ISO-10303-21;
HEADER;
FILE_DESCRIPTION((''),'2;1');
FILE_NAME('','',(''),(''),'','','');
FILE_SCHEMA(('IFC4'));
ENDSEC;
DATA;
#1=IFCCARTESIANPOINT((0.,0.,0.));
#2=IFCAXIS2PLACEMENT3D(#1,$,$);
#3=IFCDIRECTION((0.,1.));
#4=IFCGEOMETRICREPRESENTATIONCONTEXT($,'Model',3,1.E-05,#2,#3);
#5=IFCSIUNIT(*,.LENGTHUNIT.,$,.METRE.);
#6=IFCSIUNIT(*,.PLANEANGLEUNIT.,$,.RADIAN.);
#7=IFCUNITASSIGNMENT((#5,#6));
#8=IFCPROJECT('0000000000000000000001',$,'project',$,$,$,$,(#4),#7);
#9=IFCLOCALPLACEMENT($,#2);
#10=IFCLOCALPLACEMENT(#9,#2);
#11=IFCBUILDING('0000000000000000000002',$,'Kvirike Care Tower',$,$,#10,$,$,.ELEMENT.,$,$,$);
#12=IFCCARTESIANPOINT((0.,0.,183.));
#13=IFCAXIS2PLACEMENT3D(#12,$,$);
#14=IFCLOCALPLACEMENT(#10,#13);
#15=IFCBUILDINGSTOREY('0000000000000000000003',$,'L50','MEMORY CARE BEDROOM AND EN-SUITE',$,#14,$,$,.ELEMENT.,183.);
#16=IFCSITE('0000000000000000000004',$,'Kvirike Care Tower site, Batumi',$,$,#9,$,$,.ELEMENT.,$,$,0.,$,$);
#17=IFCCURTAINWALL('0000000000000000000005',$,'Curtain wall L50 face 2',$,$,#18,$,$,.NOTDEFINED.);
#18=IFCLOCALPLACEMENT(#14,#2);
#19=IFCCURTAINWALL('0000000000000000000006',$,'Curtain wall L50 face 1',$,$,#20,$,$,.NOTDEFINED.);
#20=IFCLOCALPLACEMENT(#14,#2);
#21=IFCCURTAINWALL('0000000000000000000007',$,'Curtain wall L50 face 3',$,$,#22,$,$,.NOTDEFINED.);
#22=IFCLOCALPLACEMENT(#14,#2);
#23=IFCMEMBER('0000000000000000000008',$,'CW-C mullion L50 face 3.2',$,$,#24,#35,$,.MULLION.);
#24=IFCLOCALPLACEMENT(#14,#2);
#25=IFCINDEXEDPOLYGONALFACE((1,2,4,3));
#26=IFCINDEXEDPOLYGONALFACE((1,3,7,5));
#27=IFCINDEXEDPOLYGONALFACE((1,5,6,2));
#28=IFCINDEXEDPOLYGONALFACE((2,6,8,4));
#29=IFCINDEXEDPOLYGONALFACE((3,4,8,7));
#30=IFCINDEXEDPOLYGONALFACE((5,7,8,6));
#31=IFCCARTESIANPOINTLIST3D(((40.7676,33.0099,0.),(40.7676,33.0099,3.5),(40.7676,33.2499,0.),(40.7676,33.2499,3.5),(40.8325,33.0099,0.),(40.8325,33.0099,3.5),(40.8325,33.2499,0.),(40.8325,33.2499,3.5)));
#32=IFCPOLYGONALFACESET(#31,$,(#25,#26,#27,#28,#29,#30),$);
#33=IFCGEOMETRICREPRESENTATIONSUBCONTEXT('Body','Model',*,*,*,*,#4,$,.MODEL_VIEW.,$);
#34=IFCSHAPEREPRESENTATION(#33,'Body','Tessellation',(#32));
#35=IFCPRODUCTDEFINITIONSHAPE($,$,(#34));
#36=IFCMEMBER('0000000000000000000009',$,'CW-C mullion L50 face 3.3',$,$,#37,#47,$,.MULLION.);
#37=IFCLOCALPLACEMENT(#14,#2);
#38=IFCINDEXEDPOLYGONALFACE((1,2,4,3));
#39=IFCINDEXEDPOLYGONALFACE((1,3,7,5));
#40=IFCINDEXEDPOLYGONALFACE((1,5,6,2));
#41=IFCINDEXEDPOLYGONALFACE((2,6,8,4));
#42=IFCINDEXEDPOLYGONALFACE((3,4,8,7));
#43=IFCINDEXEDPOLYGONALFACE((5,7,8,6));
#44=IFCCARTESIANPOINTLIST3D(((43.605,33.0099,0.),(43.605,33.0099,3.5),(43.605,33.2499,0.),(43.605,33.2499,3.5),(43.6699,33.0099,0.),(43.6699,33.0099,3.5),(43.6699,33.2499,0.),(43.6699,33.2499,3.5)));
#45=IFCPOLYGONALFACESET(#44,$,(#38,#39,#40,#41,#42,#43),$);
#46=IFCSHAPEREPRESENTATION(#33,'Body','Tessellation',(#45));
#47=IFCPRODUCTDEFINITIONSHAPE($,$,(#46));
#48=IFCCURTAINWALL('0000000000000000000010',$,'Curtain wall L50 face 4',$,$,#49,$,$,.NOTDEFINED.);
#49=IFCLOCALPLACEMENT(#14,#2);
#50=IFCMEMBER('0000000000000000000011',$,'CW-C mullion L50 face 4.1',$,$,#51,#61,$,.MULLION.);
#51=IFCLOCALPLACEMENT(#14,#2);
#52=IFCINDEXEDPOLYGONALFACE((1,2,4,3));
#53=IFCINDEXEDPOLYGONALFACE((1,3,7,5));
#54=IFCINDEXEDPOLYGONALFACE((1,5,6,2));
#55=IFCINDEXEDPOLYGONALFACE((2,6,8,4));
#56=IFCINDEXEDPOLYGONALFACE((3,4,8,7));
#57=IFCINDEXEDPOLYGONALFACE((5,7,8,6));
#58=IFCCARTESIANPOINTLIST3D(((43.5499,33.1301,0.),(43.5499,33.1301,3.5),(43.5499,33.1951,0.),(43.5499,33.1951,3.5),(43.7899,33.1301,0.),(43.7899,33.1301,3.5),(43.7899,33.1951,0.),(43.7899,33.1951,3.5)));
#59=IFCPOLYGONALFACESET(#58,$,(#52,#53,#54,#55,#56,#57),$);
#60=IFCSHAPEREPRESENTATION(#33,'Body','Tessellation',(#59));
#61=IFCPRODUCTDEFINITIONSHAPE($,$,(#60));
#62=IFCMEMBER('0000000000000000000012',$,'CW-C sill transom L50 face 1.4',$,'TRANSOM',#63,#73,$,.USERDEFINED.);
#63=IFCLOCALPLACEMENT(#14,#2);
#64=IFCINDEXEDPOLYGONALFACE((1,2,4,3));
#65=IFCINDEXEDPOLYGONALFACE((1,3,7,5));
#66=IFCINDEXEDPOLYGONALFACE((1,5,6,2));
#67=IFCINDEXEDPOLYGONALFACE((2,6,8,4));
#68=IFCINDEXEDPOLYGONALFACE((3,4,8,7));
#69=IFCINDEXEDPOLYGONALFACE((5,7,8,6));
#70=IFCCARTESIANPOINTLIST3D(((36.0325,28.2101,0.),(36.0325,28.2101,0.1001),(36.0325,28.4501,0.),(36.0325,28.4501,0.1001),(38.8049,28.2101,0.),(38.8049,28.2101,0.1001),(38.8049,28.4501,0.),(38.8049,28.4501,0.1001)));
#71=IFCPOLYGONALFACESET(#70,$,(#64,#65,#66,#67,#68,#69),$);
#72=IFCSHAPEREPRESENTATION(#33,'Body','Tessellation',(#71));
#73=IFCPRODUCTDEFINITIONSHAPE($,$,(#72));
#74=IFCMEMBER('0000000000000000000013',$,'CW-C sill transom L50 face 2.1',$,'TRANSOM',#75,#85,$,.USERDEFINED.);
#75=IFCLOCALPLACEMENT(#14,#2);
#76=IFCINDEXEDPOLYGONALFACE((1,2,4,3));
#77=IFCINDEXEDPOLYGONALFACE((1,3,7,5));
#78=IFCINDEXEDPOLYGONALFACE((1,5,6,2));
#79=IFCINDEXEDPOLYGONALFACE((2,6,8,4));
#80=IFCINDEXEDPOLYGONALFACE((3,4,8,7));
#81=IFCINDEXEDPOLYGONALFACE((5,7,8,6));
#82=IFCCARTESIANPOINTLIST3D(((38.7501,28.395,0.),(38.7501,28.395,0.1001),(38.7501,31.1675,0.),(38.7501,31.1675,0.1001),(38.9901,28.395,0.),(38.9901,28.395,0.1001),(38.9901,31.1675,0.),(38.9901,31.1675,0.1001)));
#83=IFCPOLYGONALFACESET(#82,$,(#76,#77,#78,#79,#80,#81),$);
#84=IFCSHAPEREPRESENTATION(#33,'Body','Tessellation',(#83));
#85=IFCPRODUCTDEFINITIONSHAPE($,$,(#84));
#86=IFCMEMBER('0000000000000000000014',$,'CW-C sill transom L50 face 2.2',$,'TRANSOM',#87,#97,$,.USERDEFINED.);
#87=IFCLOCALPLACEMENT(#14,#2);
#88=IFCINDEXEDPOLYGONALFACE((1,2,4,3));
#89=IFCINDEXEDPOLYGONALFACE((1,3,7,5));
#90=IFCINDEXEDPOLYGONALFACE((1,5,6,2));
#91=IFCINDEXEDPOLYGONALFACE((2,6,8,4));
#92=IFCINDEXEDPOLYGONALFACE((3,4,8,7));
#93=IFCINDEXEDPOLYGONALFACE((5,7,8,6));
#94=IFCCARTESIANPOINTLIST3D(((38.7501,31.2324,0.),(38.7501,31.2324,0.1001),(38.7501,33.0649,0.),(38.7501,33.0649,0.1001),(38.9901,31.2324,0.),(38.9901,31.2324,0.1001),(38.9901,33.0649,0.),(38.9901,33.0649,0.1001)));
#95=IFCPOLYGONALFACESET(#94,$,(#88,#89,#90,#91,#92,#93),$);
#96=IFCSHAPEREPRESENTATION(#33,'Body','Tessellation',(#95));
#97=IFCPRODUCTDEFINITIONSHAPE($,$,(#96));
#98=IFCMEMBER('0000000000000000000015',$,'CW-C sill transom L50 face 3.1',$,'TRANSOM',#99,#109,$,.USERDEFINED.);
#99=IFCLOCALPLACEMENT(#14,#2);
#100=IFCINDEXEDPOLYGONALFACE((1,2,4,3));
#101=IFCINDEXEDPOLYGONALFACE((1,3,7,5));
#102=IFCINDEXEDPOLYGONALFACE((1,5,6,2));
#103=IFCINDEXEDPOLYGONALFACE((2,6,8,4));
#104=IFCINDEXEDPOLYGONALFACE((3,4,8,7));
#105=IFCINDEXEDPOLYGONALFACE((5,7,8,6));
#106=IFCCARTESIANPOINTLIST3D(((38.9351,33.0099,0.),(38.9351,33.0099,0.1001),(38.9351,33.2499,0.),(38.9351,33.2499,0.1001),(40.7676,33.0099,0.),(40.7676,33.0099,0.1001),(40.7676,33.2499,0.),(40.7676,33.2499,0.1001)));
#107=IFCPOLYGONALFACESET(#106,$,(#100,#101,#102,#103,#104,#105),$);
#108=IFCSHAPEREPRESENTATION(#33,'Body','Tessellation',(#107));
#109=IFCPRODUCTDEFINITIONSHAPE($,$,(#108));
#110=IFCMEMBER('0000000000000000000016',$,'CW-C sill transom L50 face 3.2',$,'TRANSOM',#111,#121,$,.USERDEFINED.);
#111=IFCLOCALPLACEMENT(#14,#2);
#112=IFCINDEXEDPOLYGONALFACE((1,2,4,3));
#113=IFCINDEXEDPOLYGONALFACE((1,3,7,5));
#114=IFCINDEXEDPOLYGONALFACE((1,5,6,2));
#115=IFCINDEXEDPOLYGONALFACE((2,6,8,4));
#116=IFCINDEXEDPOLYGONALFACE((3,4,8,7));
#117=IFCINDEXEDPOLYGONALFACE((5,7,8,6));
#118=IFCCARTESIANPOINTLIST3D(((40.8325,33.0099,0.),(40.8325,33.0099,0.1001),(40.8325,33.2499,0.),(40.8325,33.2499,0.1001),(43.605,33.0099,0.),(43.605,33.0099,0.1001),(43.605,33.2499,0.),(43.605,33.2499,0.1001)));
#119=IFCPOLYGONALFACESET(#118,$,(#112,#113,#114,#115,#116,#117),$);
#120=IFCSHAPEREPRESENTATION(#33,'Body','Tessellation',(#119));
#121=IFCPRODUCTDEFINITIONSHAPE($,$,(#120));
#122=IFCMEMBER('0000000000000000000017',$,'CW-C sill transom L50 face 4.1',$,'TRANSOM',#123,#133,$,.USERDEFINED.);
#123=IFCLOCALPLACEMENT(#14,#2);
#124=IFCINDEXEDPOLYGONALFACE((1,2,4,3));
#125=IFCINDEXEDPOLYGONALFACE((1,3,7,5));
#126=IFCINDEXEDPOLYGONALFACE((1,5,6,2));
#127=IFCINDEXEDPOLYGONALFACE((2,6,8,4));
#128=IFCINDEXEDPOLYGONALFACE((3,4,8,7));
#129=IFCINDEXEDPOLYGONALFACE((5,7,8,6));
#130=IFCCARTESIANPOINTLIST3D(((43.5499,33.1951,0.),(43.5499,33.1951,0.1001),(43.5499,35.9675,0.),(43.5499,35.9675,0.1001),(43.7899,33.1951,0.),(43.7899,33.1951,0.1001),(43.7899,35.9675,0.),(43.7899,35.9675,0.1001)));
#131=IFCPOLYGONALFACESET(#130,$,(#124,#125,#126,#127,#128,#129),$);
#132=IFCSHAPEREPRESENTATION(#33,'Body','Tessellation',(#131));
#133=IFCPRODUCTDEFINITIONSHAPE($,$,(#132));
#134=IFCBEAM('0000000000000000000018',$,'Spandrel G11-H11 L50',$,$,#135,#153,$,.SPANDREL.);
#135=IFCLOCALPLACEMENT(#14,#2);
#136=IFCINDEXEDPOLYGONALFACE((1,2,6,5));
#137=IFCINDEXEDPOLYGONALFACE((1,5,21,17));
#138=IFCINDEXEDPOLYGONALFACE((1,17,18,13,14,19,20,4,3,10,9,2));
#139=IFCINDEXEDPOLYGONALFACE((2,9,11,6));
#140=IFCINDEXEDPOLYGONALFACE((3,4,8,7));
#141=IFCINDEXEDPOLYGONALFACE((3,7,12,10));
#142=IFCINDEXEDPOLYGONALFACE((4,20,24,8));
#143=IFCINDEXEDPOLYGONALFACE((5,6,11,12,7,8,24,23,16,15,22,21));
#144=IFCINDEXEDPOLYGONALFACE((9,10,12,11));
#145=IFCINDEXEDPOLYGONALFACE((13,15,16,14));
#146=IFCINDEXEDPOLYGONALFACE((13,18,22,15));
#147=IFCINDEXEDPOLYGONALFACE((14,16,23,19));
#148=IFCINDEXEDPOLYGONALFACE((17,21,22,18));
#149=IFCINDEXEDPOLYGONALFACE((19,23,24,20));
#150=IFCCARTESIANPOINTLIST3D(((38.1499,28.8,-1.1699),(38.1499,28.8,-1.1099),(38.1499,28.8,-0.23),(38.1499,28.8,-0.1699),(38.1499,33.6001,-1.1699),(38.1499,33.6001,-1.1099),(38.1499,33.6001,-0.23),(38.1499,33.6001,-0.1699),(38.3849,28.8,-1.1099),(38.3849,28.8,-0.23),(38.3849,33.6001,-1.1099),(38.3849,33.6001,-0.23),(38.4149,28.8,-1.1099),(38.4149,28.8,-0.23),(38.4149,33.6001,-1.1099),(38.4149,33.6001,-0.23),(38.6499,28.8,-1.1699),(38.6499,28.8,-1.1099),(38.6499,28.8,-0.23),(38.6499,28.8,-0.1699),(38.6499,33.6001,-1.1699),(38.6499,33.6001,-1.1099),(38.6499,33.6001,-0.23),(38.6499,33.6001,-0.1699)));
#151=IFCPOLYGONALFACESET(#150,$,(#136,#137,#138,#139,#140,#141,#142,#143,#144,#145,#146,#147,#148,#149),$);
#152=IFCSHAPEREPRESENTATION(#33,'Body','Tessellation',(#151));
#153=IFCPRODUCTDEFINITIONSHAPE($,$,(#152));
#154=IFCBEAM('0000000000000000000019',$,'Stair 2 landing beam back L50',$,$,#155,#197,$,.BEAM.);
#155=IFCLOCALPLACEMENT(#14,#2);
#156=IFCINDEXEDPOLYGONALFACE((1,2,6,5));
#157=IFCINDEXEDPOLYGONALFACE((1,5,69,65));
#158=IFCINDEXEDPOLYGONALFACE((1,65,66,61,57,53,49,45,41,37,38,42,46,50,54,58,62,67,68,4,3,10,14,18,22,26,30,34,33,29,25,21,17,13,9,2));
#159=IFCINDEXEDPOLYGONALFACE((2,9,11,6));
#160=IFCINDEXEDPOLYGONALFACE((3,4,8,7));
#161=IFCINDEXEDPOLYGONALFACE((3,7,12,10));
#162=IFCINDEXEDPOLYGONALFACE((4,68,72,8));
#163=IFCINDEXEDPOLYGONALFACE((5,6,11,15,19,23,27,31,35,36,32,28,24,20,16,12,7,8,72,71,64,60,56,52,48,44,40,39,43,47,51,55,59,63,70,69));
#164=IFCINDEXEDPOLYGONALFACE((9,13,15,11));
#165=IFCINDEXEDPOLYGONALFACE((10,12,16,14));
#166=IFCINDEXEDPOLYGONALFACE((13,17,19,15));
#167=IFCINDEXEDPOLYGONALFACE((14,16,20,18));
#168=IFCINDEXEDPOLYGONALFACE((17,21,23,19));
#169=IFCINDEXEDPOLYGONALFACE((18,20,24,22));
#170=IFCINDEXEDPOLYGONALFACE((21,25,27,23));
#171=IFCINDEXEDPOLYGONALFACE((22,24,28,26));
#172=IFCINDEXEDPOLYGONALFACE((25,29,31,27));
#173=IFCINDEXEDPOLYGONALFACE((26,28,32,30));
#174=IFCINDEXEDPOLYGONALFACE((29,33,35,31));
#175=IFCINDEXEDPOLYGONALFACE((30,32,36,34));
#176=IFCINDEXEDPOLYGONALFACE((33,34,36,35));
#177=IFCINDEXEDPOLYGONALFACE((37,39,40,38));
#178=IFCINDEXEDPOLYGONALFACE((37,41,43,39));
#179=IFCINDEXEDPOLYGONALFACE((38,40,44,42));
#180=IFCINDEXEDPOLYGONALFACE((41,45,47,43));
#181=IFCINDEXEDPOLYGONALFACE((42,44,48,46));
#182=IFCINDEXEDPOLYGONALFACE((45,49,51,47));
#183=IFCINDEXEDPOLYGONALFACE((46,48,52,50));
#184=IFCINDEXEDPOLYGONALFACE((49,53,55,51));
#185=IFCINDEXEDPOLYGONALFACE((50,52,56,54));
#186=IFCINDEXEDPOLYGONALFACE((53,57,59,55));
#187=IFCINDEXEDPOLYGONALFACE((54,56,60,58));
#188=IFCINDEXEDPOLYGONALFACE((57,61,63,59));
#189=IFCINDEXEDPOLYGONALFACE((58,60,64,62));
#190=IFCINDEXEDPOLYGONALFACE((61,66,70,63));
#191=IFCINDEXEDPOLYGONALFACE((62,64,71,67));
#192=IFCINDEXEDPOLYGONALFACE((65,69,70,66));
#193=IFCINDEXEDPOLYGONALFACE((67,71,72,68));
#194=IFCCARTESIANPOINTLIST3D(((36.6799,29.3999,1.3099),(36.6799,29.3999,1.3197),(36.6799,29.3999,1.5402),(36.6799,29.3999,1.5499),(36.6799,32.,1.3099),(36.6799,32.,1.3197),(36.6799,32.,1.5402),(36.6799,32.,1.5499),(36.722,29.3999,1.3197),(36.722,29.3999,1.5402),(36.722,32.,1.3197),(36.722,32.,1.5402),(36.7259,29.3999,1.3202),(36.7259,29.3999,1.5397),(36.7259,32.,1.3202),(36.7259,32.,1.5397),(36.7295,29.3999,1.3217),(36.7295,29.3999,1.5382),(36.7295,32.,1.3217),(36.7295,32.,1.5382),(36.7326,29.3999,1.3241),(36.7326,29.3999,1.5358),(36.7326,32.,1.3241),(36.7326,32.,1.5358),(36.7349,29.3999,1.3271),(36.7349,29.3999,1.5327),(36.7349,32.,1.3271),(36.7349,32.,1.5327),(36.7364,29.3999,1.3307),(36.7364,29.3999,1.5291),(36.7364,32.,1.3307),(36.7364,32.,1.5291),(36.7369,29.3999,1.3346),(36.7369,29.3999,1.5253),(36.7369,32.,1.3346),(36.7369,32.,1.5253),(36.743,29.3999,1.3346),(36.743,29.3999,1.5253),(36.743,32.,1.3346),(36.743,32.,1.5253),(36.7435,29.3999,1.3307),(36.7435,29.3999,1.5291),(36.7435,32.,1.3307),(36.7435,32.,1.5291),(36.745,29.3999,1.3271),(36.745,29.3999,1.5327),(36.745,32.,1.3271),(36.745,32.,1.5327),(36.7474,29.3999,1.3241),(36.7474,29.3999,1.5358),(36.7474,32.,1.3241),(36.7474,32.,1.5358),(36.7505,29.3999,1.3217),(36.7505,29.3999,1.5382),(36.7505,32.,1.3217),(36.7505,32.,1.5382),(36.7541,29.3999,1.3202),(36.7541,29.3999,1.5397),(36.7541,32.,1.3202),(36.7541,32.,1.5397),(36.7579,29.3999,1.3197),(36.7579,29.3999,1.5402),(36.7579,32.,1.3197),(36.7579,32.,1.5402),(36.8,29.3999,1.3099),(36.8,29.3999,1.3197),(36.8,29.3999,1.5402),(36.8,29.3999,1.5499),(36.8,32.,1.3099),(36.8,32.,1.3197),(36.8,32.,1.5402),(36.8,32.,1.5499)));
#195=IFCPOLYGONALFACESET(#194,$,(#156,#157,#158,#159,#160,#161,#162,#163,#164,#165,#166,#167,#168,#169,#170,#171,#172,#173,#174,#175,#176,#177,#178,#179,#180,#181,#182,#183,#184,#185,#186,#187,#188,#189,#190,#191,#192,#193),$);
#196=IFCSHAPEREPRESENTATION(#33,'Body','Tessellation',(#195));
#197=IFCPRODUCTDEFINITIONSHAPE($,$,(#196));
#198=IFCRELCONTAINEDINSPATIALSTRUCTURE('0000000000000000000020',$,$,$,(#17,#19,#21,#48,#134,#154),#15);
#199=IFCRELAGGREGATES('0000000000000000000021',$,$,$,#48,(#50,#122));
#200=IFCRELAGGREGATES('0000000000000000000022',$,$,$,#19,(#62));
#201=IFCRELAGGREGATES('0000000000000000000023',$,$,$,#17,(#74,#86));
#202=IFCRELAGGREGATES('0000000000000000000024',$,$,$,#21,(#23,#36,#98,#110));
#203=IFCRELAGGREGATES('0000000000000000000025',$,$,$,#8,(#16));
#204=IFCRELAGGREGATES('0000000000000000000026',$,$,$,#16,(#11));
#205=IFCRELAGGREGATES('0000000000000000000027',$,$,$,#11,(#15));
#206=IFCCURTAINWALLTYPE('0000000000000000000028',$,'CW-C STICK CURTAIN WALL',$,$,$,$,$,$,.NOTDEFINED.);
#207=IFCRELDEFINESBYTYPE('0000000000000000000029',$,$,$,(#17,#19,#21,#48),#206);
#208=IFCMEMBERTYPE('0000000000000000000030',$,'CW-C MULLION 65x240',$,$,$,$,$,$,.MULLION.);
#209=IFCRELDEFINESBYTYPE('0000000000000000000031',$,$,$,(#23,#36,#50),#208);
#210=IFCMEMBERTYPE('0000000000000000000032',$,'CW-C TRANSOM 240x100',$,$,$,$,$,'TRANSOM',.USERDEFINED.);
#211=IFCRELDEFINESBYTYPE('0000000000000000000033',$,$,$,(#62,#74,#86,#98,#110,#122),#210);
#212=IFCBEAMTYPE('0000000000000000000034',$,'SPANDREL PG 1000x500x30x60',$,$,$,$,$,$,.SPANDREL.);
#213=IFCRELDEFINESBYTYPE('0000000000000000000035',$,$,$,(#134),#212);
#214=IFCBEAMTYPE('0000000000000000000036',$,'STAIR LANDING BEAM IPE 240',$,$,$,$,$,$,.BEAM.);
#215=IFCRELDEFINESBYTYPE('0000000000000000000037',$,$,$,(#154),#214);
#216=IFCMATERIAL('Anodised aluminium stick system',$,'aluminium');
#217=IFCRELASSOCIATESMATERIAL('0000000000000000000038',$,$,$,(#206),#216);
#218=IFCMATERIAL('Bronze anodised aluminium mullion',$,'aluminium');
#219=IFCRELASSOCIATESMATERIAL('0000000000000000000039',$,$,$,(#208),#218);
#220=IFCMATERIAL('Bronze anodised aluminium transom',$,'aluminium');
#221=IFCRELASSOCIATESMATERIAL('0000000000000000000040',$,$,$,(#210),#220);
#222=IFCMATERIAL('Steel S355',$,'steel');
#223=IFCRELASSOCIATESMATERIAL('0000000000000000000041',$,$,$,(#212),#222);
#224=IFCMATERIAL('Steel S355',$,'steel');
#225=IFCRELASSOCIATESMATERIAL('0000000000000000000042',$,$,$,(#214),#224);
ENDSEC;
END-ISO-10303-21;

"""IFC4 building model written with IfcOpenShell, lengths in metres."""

from ifc_helpers import new_model, si_unit, direction, frame, origin, origin_2d, place, context, subcontext, project, spatial, rectangle, i_section, extrude, material, material_profile, profile_set, type_object, element, aggregate, save


model = new_model("IFC4")

# Units and contexts
model_context = context("Model", 3, precision=1e-05, world=origin(), true_north=direction((0.0, 1.0)))
body_context = subcontext(model_context, "Body", "Model", "MODEL_VIEW")
ifc_project = project(units=[si_unit("LENGTHUNIT", "METRE"), si_unit("PLANEANGLEUNIT", "RADIAN")], contexts=[model_context])

# Site, building, storey
site_placement = place(None, origin())
site = spatial("IfcSite", under=ifc_project, at=site_placement, Name="Kvirike Care Tower site, Batumi", CompositionType="ELEMENT", RefElevation=0.0)
building_placement = place(site_placement, origin())
building = spatial("IfcBuilding", under=site, at=building_placement, Name="Kvirike Care Tower", CompositionType="ELEMENT")
storey_placement = place(building_placement, frame((0.0, 0.0, 183.0)))
storey = spatial("IfcBuildingStorey", under=building, at=storey_placement, Name="L50", Description="MEMORY CARE BEDROOM AND EN-SUITE", CompositionType="ELEMENT", Elevation=183.0)

# Curtain wall
ifc_material_1 = material(Name="Anodised aluminium stick system", Category="aluminium")
curtain_wall_type = type_object("IfcCurtainWallType", Name="CW-C STICK CURTAIN WALL", PredefinedType="NOTDEFINED", material=ifc_material_1)
curtain_wall_1_placement = place(storey_placement, origin())
curtain_wall_1 = element("IfcCurtainWall", 1, at=curtain_wall_1_placement, inside=storey, type_object=curtain_wall_type, Name="Curtain wall L50 face 2", PredefinedType="NOTDEFINED")

# Curtain wall
curtain_wall_2_placement = place(storey_placement, origin())
curtain_wall_2 = element("IfcCurtainWall", 2, at=curtain_wall_2_placement, inside=storey, type_object=curtain_wall_type, Name="Curtain wall L50 face 1", PredefinedType="NOTDEFINED")
ifc_material_2 = material(Name="Bronze anodised aluminium mullion", Category="aluminium")
ifc_material_profile_1 = material_profile(ifc_material_2, rectangle(XDim=0.0649, YDim=0.24, at=origin_2d()), Name="CW-C MULLION 65x240")
ifc_profile_set_1 = profile_set([ifc_material_profile_1], Name="Bronze anodised aluminium mullion")
member_type_1 = type_object("IfcMemberType", Name="CW-C MULLION 65x240", PredefinedType="MULLION", material=ifc_profile_set_1)

# Curtain wall, members
curtain_wall_3_placement = place(storey_placement, origin())
curtain_wall_3 = element("IfcCurtainWall", 3, at=curtain_wall_3_placement, inside=storey, type_object=curtain_wall_type, Name="Curtain wall L50 face 3", PredefinedType="NOTDEFINED")
member_1_placement = place(storey_placement, frame((40.8, 33.1299, 0.0), z_axis=(0.0, 0.0, 1.0), x_axis=(1.0, 0.0, 0.0)))
member_1 = element("IfcMember", 4, at=member_1_placement, type_object=member_type_1, Name="CW-C mullion L50 face 3.2", PredefinedType="MULLION", context=body_context, shape_type="SweptSolid", body=[
    extrude(rectangle(XDim=0.0649, YDim=0.24, at=origin_2d()), origin(), (0.0, 0.0, 1.0), 3.5),
])
member_2_placement = place(storey_placement, frame((43.6375, 33.1299, 0.0), z_axis=(0.0, 0.0, 1.0), x_axis=(1.0, 0.0, 0.0)))
member_2 = element("IfcMember", 5, at=member_2_placement, type_object=member_type_1, Name="CW-C mullion L50 face 3.3", PredefinedType="MULLION", context=body_context, shape_type="SweptSolid", body=[
    extrude(rectangle(XDim=0.0649, YDim=0.24, at=origin_2d()), origin(), (0.0, 0.0, 1.0), 3.5),
])

# Curtain wall, member
curtain_wall_4_placement = place(storey_placement, origin())
curtain_wall_4 = element("IfcCurtainWall", 6, at=curtain_wall_4_placement, inside=storey, type_object=curtain_wall_type, Name="Curtain wall L50 face 4", PredefinedType="NOTDEFINED")
member_3_placement = place(storey_placement, frame((43.6699, 33.1626, 0.0), z_axis=(0.0, 0.0, 1.0), x_axis=(0.0, 1.0, 0.0)))
member_3 = element("IfcMember", 7, at=member_3_placement, type_object=member_type_1, Name="CW-C mullion L50 face 4.1", PredefinedType="MULLION", context=body_context, shape_type="SweptSolid", body=[
    extrude(rectangle(XDim=0.0649, YDim=0.24, at=origin_2d()), origin(), (0.0, 0.0, 1.0), 3.5),
])

# Members
ifc_material_3 = material(Name="Bronze anodised aluminium transom", Category="aluminium")
ifc_material_profile_2 = material_profile(ifc_material_3, rectangle(XDim=0.24, YDim=0.1001, at=origin_2d()), Name="CW-C TRANSOM 240x100")
ifc_profile_set_2 = profile_set([ifc_material_profile_2], Name="Bronze anodised aluminium transom")
member_type_2 = type_object("IfcMemberType", Name="CW-C TRANSOM 240x100", ElementType="TRANSOM", PredefinedType="USERDEFINED", material=ifc_profile_set_2)
member_4_placement = place(storey_placement, frame((36.0325, 28.3301, 0.05), z_axis=(1.0, 0.0, 0.0), x_axis=(0.0, 1.0, 0.0)))
member_4 = element("IfcMember", 8, at=member_4_placement, type_object=member_type_2, Name="CW-C sill transom L50 face 1.4", ObjectType="TRANSOM", PredefinedType="USERDEFINED", context=body_context, shape_type="SweptSolid", body=[
    extrude(rectangle(XDim=0.24, YDim=0.1001, at=origin_2d()), origin(), (0.0, 0.0, 1.0), 2.7725),
])
member_5_placement = place(storey_placement, frame((38.8701, 28.395, 0.05), z_axis=(0.0, 1.0, 0.0), x_axis=(-1.0, 0.0, 0.0)))
member_5 = element("IfcMember", 9, at=member_5_placement, type_object=member_type_2, Name="CW-C sill transom L50 face 2.1", ObjectType="TRANSOM", PredefinedType="USERDEFINED", context=body_context, shape_type="SweptSolid", body=[
    extrude(rectangle(XDim=0.24, YDim=0.1001, at=origin_2d()), origin(), (0.0, 0.0, 1.0), 2.7725),
])
member_6_placement = place(storey_placement, frame((38.8701, 31.2324, 0.05), z_axis=(0.0, 1.0, 0.0), x_axis=(-1.0, 0.0, 0.0)))
member_6 = element("IfcMember", 10, at=member_6_placement, type_object=member_type_2, Name="CW-C sill transom L50 face 2.2", ObjectType="TRANSOM", PredefinedType="USERDEFINED", context=body_context, shape_type="SweptSolid", body=[
    extrude(rectangle(XDim=0.24, YDim=0.1001, at=origin_2d()), origin(), (0.0, 0.0, 1.0), 1.8325),
])
member_7_placement = place(storey_placement, frame((38.9351, 33.1299, 0.05), z_axis=(1.0, 0.0, 0.0), x_axis=(0.0, 1.0, 0.0)))
member_7 = element("IfcMember", 11, at=member_7_placement, type_object=member_type_2, Name="CW-C sill transom L50 face 3.1", ObjectType="TRANSOM", PredefinedType="USERDEFINED", context=body_context, shape_type="SweptSolid", body=[
    extrude(rectangle(XDim=0.24, YDim=0.1001, at=origin_2d()), origin(), (0.0, 0.0, 1.0), 1.8325),
])
member_8_placement = place(storey_placement, frame((40.8325, 33.1299, 0.05), z_axis=(1.0, 0.0, 0.0), x_axis=(0.0, 1.0, 0.0)))
member_8 = element("IfcMember", 12, at=member_8_placement, type_object=member_type_2, Name="CW-C sill transom L50 face 3.2", ObjectType="TRANSOM", PredefinedType="USERDEFINED", context=body_context, shape_type="SweptSolid", body=[
    extrude(rectangle(XDim=0.24, YDim=0.1001, at=origin_2d()), origin(), (0.0, 0.0, 1.0), 2.7725),
])
member_9_placement = place(storey_placement, frame((43.6699, 33.1951, 0.05), z_axis=(0.0, 1.0, 0.0), x_axis=(-1.0, 0.0, 0.0)))
member_9 = element("IfcMember", 13, at=member_9_placement, type_object=member_type_2, Name="CW-C sill transom L50 face 4.1", ObjectType="TRANSOM", PredefinedType="USERDEFINED", context=body_context, shape_type="SweptSolid", body=[
    extrude(rectangle(XDim=0.24, YDim=0.1001, at=origin_2d()), origin(), (0.0, 0.0, 1.0), 2.7725),
])
aggregate(curtain_wall_4, [member_3, member_9])

# Beams
ifc_material_4 = material(Name="Steel S355", Category="steel")
ifc_material_profile_3 = material_profile(ifc_material_4, i_section(OverallWidth=0.5, OverallDepth=1.0, WebThickness=0.03, FlangeThickness=0.0601, at=origin_2d()), Name="PG 1000x500x30x60")
ifc_profile_set_3 = profile_set([ifc_material_profile_3], Name="Steel S355")
beam_type_1 = type_object("IfcBeamType", Name="SPANDREL PG 1000x500x30x60", PredefinedType="SPANDREL", material=ifc_profile_set_3)
beam_1_placement = place(storey_placement, frame((38.3999, 28.8, -0.6699), z_axis=(0.0, 1.0, 0.0), x_axis=(-1.0, 0.0, 0.0)))
element("IfcBeam", 14, at=beam_1_placement, inside=storey, type_object=beam_type_1, Name="Spandrel G11-H11 L50", PredefinedType="SPANDREL", context=body_context, shape_type="SweptSolid", body=[
    extrude(i_section(OverallWidth=0.5, OverallDepth=1.0, WebThickness=0.03, FlangeThickness=0.0601, at=origin_2d()), origin(), (0.0, 0.0, 1.0), 4.8),
])
ifc_material_5 = material(Name="Steel S355", Category="steel")
ifc_material_profile_4 = material_profile(ifc_material_5, i_section(OverallWidth=0.1201, OverallDepth=0.24, WebThickness=0.0061, FlangeThickness=0.0098, FilletRadius=0.0149, at=origin_2d()), Name="IPE 240")
ifc_profile_set_4 = profile_set([ifc_material_profile_4], Name="Steel S355")
beam_type_2 = type_object("IfcBeamType", Name="STAIR LANDING BEAM IPE 240", PredefinedType="BEAM", material=ifc_profile_set_4)
beam_2_placement = place(storey_placement, frame((36.74, 29.3999, 1.4299), z_axis=(0.0, 1.0, 0.0), x_axis=(-1.0, 0.0, 0.0)))
element("IfcBeam", 15, at=beam_2_placement, inside=storey, type_object=beam_type_2, Name="Stair 2 landing beam back L50", PredefinedType="BEAM", context=body_context, shape_type="SweptSolid", body=[
    extrude(i_section(OverallWidth=0.1201, OverallDepth=0.24, WebThickness=0.0061, FlangeThickness=0.0098, FilletRadius=0.0149, at=origin_2d()), origin(), (0.0, 0.0, 1.0), 2.6001),
])

aggregate(curtain_wall_2, [member_4])
aggregate(curtain_wall_1, [member_5, member_6])
aggregate(curtain_wall_3, [member_1, member_2, member_7, member_8])

save(model, "model.ifc")
